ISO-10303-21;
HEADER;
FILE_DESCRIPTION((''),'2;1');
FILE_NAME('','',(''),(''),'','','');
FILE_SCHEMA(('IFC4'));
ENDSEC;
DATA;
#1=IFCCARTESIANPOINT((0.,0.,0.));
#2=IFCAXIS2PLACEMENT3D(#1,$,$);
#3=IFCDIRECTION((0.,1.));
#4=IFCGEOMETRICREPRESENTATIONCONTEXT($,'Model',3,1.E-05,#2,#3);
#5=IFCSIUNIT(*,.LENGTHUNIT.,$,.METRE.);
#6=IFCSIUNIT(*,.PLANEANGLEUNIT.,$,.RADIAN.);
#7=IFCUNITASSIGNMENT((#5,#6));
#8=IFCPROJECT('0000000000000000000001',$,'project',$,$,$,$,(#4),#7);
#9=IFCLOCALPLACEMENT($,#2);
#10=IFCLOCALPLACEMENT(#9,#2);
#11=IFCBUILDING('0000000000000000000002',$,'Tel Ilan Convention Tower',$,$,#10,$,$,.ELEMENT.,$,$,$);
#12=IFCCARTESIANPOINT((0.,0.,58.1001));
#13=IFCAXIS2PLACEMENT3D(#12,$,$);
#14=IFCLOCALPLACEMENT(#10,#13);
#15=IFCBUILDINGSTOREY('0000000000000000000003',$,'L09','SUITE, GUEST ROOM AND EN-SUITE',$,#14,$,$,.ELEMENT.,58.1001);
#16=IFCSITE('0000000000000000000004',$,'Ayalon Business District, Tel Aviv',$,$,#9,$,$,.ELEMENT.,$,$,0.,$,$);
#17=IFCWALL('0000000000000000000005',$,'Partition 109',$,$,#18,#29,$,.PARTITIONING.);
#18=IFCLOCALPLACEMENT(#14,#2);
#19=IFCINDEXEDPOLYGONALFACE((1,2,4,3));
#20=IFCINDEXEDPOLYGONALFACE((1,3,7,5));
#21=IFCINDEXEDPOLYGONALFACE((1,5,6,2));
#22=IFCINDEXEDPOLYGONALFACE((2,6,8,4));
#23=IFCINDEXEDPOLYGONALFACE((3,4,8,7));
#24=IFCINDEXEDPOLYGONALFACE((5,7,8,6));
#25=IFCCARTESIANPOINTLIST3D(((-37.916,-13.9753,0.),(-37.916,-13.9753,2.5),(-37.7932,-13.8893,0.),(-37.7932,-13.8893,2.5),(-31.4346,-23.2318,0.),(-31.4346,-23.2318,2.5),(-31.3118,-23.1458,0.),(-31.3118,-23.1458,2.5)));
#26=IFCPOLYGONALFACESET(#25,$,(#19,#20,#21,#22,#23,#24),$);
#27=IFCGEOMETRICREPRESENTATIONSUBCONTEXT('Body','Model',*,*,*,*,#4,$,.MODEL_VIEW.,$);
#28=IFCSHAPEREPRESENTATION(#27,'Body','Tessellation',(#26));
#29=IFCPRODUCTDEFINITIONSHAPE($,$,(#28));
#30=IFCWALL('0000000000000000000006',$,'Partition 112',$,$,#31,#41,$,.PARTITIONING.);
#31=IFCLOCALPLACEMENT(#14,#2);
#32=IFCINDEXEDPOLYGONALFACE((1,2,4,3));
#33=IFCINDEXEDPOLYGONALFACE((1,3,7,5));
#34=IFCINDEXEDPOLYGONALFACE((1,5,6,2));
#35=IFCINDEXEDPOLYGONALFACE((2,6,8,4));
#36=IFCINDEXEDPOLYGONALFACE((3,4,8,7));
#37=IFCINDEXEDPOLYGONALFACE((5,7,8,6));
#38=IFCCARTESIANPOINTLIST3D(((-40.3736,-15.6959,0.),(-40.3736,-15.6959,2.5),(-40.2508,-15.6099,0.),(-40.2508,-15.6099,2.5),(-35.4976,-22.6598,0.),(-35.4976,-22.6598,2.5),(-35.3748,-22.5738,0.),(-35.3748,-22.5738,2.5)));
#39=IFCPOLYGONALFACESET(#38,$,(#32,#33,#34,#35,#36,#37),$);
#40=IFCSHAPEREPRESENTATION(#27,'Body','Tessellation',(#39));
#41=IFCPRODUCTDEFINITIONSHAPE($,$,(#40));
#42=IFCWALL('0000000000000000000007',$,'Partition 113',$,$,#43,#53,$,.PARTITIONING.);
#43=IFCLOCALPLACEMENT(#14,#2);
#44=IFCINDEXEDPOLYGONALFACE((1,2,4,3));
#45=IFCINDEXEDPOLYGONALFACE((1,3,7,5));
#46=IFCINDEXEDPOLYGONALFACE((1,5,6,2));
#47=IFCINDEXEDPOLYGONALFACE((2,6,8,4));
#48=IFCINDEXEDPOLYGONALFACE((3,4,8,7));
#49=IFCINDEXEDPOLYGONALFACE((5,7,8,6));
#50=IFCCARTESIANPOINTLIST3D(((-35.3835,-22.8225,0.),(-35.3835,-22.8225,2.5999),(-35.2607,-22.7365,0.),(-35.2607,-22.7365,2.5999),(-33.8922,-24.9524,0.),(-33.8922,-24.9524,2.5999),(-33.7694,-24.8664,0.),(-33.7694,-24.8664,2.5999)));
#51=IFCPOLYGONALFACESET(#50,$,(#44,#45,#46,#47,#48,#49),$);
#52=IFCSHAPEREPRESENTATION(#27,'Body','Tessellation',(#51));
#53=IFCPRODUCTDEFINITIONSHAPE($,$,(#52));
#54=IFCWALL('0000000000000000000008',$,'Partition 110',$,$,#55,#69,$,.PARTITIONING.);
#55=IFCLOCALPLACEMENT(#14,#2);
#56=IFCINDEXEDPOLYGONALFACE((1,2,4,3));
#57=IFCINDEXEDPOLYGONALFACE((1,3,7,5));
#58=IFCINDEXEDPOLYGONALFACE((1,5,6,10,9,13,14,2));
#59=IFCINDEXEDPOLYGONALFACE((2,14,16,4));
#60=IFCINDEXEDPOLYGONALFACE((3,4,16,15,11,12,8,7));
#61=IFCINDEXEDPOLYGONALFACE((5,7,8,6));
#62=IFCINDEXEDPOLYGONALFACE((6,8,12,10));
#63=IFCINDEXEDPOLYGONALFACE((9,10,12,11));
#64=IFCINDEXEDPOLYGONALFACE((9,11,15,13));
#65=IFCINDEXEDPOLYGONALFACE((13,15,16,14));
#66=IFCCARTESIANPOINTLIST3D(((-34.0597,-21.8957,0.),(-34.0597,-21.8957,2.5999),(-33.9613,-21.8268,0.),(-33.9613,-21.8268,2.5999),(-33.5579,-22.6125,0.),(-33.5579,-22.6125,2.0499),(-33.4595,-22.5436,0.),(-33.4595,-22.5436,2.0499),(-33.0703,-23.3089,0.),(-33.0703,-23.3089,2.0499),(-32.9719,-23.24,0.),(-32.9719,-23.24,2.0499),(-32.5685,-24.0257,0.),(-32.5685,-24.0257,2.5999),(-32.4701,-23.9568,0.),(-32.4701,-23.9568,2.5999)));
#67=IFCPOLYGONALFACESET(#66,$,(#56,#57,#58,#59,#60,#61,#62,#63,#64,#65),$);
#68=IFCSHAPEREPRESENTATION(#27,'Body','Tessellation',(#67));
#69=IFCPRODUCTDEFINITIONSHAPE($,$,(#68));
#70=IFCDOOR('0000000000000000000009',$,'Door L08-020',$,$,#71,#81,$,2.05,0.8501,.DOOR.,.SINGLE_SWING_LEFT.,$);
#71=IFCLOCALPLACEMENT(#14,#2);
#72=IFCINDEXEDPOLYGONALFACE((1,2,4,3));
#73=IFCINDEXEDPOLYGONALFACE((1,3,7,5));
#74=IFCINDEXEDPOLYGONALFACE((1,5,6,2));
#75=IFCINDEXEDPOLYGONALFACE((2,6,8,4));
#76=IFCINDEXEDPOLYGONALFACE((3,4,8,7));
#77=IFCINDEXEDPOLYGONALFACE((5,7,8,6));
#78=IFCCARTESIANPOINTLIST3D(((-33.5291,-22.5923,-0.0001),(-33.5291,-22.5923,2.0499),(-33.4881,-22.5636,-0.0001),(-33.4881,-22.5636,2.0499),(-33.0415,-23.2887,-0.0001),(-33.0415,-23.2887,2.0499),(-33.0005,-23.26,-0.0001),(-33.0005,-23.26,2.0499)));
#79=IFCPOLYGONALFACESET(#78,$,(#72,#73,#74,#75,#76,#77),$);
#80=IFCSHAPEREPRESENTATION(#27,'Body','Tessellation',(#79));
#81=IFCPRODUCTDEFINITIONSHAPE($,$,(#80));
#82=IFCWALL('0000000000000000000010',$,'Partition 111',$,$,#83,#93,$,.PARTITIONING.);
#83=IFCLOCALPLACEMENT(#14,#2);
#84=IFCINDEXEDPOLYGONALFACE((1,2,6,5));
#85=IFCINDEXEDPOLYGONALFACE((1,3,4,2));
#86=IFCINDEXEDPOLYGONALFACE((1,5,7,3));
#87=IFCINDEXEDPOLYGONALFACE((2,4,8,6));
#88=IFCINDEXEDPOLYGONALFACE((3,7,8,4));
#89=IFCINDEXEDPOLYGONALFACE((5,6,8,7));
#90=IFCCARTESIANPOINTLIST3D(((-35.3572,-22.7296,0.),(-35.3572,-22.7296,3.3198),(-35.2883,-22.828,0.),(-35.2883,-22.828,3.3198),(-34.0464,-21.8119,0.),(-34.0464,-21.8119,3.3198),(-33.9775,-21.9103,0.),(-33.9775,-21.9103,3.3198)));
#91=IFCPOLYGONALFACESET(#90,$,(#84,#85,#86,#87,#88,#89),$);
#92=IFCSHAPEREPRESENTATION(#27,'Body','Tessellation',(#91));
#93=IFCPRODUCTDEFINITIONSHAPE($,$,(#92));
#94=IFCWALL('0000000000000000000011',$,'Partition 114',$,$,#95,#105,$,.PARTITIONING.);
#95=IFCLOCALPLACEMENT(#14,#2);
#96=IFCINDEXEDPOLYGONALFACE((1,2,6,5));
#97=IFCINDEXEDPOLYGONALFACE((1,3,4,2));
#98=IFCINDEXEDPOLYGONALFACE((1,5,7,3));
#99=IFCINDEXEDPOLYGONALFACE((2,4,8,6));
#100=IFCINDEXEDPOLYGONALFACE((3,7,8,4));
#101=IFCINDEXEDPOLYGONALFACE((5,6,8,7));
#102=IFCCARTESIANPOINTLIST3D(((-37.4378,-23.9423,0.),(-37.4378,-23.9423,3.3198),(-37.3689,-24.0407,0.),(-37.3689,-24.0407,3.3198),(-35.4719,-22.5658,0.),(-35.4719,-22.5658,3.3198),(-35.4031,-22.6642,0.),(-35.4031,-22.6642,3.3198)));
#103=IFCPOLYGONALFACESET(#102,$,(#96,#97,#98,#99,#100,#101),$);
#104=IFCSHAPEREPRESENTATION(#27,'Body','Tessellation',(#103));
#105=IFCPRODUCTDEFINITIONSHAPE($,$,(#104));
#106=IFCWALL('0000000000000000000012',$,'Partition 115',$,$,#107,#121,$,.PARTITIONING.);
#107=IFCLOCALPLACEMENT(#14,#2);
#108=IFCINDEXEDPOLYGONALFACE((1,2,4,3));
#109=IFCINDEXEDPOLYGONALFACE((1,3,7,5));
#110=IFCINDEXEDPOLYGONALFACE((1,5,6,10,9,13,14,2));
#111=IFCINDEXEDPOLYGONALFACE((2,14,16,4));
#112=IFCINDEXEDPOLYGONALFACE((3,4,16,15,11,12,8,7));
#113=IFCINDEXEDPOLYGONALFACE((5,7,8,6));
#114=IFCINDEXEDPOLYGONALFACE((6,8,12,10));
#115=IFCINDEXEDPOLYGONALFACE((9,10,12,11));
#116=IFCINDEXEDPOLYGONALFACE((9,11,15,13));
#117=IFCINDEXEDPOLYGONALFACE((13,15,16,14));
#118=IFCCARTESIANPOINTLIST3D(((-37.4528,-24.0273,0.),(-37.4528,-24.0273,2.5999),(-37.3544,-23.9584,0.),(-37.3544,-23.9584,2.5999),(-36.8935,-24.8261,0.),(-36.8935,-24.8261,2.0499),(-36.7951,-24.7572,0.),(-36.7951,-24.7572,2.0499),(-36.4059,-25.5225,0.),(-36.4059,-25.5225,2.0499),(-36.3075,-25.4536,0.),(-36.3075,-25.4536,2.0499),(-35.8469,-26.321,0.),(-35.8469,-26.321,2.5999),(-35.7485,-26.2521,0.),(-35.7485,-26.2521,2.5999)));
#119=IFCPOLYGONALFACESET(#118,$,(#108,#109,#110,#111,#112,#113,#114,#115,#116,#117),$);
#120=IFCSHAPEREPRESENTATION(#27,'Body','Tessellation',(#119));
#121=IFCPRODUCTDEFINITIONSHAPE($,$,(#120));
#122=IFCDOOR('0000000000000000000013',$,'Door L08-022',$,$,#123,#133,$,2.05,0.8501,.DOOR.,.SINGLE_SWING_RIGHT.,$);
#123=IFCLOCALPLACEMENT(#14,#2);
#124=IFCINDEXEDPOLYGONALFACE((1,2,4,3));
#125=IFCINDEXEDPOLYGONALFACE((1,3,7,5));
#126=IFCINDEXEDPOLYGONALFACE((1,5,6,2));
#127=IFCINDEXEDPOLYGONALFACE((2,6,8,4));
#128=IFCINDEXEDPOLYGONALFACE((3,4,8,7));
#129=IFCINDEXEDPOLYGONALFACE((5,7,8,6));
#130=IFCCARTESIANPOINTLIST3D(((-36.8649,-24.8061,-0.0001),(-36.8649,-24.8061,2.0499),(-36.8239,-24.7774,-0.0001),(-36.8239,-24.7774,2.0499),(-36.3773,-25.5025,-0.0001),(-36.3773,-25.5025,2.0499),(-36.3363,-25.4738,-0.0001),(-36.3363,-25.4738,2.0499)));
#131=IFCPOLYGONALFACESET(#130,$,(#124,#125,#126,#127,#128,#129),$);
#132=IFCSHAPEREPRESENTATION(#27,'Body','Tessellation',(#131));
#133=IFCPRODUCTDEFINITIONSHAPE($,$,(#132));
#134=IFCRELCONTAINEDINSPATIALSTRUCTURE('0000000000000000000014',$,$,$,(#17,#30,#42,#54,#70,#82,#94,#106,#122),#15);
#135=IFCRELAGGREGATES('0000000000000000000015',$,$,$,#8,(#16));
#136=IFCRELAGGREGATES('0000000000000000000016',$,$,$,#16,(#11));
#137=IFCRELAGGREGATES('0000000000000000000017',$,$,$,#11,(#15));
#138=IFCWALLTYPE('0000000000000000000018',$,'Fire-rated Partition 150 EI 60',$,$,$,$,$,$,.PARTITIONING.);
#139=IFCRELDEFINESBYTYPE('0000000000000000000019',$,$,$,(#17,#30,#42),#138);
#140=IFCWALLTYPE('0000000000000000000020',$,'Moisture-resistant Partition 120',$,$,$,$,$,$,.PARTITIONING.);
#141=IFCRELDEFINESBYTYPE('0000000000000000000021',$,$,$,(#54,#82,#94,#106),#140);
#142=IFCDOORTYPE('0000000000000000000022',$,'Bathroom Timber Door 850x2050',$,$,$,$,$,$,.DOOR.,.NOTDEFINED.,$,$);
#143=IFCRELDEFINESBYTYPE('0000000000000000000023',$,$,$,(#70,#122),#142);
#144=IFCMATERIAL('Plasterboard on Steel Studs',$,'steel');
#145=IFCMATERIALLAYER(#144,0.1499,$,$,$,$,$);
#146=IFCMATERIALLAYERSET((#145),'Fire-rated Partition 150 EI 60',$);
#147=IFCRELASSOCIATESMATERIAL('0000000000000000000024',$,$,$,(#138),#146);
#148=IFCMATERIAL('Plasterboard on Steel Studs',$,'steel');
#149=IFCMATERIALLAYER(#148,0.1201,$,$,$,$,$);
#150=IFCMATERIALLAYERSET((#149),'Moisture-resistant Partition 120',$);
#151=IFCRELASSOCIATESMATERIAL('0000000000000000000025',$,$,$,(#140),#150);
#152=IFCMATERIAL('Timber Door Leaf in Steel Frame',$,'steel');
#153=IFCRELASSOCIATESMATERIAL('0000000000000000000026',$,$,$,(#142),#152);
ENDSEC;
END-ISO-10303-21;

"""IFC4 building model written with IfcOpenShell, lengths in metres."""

from ifc_helpers import new_model, si_unit, direction, frame, frame_2d, origin, place, context, subcontext, project, spatial, rectangle, extrude, material, layer, layer_set, type_object, element, fill, save


model = new_model("IFC4")

# Units and contexts
model_context = context("Model", 3, precision=1e-05, world=origin(), true_north=direction((0.0, 1.0)))
body_context = subcontext(model_context, "Body", "Model", "MODEL_VIEW")
ifc_project = project(units=[si_unit("LENGTHUNIT", "METRE"), si_unit("PLANEANGLEUNIT", "RADIAN")], contexts=[model_context])

# Site, building, storey
site_placement = place(None, origin())
site = spatial("IfcSite", under=ifc_project, at=site_placement, Name="Ayalon Business District, Tel Aviv", CompositionType="ELEMENT", RefElevation=0.0)
building_placement = place(site_placement, origin())
building = spatial("IfcBuilding", under=site, at=building_placement, Name="Tel Ilan Convention Tower", CompositionType="ELEMENT")
storey_placement = place(building_placement, frame((0.0, 0.0, 58.1001)))
storey = spatial("IfcBuildingStorey", under=building, at=storey_placement, Name="L09", Description="SUITE, GUEST ROOM AND EN-SUITE", CompositionType="ELEMENT", Elevation=58.1001)

# Shared definitions
ifc_material_1 = material(Name="Plasterboard on Steel Studs", Category="steel")
ifc_layer_1 = layer(ifc_material_1, 0.1499)
ifc_layer_set_1 = layer_set([ifc_layer_1], Name="Fire-rated Partition 150 EI 60")
wall_type_1 = type_object("IfcWallType", Name="Fire-rated Partition 150 EI 60", PredefinedType="PARTITIONING", material=ifc_layer_set_1)

# Walls
wall_1_placement = place(storey_placement, frame((-31.3733, -23.1887, 0.0), z_axis=(0.0, 0.0, 1.0), x_axis=(-0.573571, 0.819156, 0.0)))
element("IfcWall", 1, at=wall_1_placement, inside=storey, type_object=wall_type_1, Name="Partition 109", PredefinedType="PARTITIONING", context=body_context, shape_type="SweptSolid", body=[
    extrude(rectangle(XDim=11.3, YDim=0.1499, at=frame_2d((5.6499, 0.0))), origin(), (0.0, 0.0, 1.0), 2.5),
])
wall_2_placement = place(storey_placement, frame((-35.4363, -22.6167, 0.0), z_axis=(0.0, 0.0, 1.0), x_axis=(-0.573563, 0.819162, 0.0)))
element("IfcWall", 2, at=wall_2_placement, inside=storey, type_object=wall_type_1, Name="Partition 112", PredefinedType="PARTITIONING", context=body_context, shape_type="SweptSolid", body=[
    extrude(rectangle(XDim=8.5012, YDim=0.1499, at=frame_2d((4.2505, 0.0))), origin(), (0.0, 0.0, 1.0), 2.5),
])
wall_3_placement = place(storey_placement, frame((-33.8308, -24.9094, 0.0), z_axis=(0.0, 0.0, 1.0), x_axis=(-0.573538, 0.819179, 0.0)))
element("IfcWall", 3, at=wall_3_placement, inside=storey, type_object=wall_type_1, Name="Partition 113", PredefinedType="PARTITIONING", context=body_context, shape_type="SweptSolid", body=[
    extrude(rectangle(XDim=2.6001, YDim=0.1499, at=frame_2d((1.3, 0.0))), origin(), (0.0, 0.0, 1.0), 2.5999),
])

# Wall, opening, door
ifc_material_2 = material(Name="Plasterboard on Steel Studs", Category="steel")
ifc_layer_2 = layer(ifc_material_2, 0.1201)
ifc_layer_set_2 = layer_set([ifc_layer_2], Name="Moisture-resistant Partition 120")
wall_type_2 = type_object("IfcWallType", Name="Moisture-resistant Partition 120", PredefinedType="PARTITIONING", material=ifc_layer_set_2)
wall_4_placement = place(storey_placement, frame((-32.5193, -23.9912, 0.0), z_axis=(0.0, 0.0, 1.0), x_axis=(-0.573538, 0.819179, 0.0)))
wall_4 = element("IfcWall", 4, at=wall_4_placement, inside=storey, type_object=wall_type_2, Name="Partition 110", PredefinedType="PARTITIONING", context=body_context, shape_type="SweptSolid", body=[
    extrude(rectangle(XDim=2.6001, YDim=0.1201, at=frame_2d((1.3, 0.0))), origin(), (0.0, 0.0, 1.0), 2.5999),
])
opening_1_placement = place(wall_4_placement, frame((0.875, 0.0, 0.0)))
opening_1 = element("IfcOpeningElement", 5, at=opening_1_placement, cuts=wall_4, PredefinedType="OPENING", context=body_context, shape_type="SweptSolid", body=[
    extrude(rectangle(XDim=0.8501, YDim=2.05, at=frame_2d((0.425, 1.0249))), frame((0.0, 0.0701, 0.0), z_axis=(0.0, -1.0, 0.0), x_axis=(1.0, 0.0, 0.0)), (0.0, 0.0, 1.0), 0.1401),
])
ifc_material_3 = material(Name="Timber Door Leaf in Steel Frame", Category="steel")
door_type_1 = type_object("IfcDoorType", Name="Bathroom Timber Door 850x2050", OperationType="NOTDEFINED", PredefinedType="DOOR", material=ifc_material_3)
door_1_placement = place(opening_1_placement, origin())
door_1 = element("IfcDoor", 6, at=door_1_placement, inside=storey, type_object=door_type_1, Name="Door L08-020", OperationType="SINGLE_SWING_LEFT", OverallHeight=2.05, OverallWidth=0.8501, PredefinedType="DOOR", context=body_context, shape_type="SweptSolid", body=[
    extrude(rectangle(XDim=0.8501, YDim=2.05, at=frame_2d((0.425, 1.0249))), frame((0.0, 0.0249, 0.0), z_axis=(0.0, -1.0, 0.0), x_axis=(1.0, 0.0, 0.0)), (0.0, 0.0, 1.0), 0.05),
])
fill(opening_1, door_1)

# Walls
wall_5_placement = place(storey_placement, frame((-34.012, -21.8611, 0.0), z_axis=(0.0, 0.0, 1.0), x_axis=(-0.819182, -0.573534, 0.0)))
element("IfcWall", 7, at=wall_5_placement, inside=storey, type_object=wall_type_2, Name="Partition 111", PredefinedType="PARTITIONING", context=body_context, shape_type="SweptSolid", body=[
    extrude(rectangle(XDim=1.6001, YDim=0.1201, at=frame_2d((0.8, 0.0))), origin(), (0.0, 0.0, 1.0), 3.3198),
])
wall_6_placement = place(storey_placement, frame((-35.4375, -22.615, 0.0), z_axis=(0.0, 0.0, 1.0), x_axis=(-0.819155, -0.573572, 0.0)))
element("IfcWall", 8, at=wall_6_placement, inside=storey, type_object=wall_type_2, Name="Partition 114", PredefinedType="PARTITIONING", context=body_context, shape_type="SweptSolid", body=[
    extrude(rectangle(XDim=2.3999, YDim=0.1201, at=frame_2d((1.2, 0.0))), origin(), (0.0, 0.0, 1.0), 3.3198),
])

# Wall, opening, door
wall_7_placement = place(storey_placement, frame((-37.4036, -23.9929, 0.0), z_axis=(0.0, 0.0, 1.0), x_axis=(0.57355, -0.81917, 0.0)))
wall_7 = element("IfcWall", 9, at=wall_7_placement, inside=storey, type_object=wall_type_2, Name="Partition 115", PredefinedType="PARTITIONING", context=body_context, shape_type="SweptSolid", body=[
    extrude(rectangle(XDim=2.8, YDim=0.1201, at=frame_2d((1.3999, 0.0))), origin(), (0.0, 0.0, 1.0), 2.5999),
])
opening_2_placement = place(wall_7_placement, frame((0.9751, 0.0, 0.0)))
opening_2 = element("IfcOpeningElement", 10, at=opening_2_placement, cuts=wall_7, PredefinedType="OPENING", context=body_context, shape_type="SweptSolid", body=[
    extrude(rectangle(XDim=0.8501, YDim=2.05, at=frame_2d((0.425, 1.0249))), frame((0.0, 0.0701, 0.0), z_axis=(0.0, -1.0, 0.0), x_axis=(1.0, 0.0, 0.0)), (0.0, 0.0, 1.0), 0.1401),
])
door_2_placement = place(opening_2_placement, origin())
door_2 = element("IfcDoor", 11, at=door_2_placement, inside=storey, type_object=door_type_1, Name="Door L08-022", OperationType="SINGLE_SWING_RIGHT", OverallHeight=2.05, OverallWidth=0.8501, PredefinedType="DOOR", context=body_context, shape_type="SweptSolid", body=[
    extrude(rectangle(XDim=0.8501, YDim=2.05, at=frame_2d((0.425, 1.0249))), frame((0.0, 0.0249, 0.0), z_axis=(0.0, -1.0, 0.0), x_axis=(1.0, 0.0, 0.0)), (0.0, 0.0, 1.0), 0.05),
])
fill(opening_2, door_2)

save(model, "model.ifc")
